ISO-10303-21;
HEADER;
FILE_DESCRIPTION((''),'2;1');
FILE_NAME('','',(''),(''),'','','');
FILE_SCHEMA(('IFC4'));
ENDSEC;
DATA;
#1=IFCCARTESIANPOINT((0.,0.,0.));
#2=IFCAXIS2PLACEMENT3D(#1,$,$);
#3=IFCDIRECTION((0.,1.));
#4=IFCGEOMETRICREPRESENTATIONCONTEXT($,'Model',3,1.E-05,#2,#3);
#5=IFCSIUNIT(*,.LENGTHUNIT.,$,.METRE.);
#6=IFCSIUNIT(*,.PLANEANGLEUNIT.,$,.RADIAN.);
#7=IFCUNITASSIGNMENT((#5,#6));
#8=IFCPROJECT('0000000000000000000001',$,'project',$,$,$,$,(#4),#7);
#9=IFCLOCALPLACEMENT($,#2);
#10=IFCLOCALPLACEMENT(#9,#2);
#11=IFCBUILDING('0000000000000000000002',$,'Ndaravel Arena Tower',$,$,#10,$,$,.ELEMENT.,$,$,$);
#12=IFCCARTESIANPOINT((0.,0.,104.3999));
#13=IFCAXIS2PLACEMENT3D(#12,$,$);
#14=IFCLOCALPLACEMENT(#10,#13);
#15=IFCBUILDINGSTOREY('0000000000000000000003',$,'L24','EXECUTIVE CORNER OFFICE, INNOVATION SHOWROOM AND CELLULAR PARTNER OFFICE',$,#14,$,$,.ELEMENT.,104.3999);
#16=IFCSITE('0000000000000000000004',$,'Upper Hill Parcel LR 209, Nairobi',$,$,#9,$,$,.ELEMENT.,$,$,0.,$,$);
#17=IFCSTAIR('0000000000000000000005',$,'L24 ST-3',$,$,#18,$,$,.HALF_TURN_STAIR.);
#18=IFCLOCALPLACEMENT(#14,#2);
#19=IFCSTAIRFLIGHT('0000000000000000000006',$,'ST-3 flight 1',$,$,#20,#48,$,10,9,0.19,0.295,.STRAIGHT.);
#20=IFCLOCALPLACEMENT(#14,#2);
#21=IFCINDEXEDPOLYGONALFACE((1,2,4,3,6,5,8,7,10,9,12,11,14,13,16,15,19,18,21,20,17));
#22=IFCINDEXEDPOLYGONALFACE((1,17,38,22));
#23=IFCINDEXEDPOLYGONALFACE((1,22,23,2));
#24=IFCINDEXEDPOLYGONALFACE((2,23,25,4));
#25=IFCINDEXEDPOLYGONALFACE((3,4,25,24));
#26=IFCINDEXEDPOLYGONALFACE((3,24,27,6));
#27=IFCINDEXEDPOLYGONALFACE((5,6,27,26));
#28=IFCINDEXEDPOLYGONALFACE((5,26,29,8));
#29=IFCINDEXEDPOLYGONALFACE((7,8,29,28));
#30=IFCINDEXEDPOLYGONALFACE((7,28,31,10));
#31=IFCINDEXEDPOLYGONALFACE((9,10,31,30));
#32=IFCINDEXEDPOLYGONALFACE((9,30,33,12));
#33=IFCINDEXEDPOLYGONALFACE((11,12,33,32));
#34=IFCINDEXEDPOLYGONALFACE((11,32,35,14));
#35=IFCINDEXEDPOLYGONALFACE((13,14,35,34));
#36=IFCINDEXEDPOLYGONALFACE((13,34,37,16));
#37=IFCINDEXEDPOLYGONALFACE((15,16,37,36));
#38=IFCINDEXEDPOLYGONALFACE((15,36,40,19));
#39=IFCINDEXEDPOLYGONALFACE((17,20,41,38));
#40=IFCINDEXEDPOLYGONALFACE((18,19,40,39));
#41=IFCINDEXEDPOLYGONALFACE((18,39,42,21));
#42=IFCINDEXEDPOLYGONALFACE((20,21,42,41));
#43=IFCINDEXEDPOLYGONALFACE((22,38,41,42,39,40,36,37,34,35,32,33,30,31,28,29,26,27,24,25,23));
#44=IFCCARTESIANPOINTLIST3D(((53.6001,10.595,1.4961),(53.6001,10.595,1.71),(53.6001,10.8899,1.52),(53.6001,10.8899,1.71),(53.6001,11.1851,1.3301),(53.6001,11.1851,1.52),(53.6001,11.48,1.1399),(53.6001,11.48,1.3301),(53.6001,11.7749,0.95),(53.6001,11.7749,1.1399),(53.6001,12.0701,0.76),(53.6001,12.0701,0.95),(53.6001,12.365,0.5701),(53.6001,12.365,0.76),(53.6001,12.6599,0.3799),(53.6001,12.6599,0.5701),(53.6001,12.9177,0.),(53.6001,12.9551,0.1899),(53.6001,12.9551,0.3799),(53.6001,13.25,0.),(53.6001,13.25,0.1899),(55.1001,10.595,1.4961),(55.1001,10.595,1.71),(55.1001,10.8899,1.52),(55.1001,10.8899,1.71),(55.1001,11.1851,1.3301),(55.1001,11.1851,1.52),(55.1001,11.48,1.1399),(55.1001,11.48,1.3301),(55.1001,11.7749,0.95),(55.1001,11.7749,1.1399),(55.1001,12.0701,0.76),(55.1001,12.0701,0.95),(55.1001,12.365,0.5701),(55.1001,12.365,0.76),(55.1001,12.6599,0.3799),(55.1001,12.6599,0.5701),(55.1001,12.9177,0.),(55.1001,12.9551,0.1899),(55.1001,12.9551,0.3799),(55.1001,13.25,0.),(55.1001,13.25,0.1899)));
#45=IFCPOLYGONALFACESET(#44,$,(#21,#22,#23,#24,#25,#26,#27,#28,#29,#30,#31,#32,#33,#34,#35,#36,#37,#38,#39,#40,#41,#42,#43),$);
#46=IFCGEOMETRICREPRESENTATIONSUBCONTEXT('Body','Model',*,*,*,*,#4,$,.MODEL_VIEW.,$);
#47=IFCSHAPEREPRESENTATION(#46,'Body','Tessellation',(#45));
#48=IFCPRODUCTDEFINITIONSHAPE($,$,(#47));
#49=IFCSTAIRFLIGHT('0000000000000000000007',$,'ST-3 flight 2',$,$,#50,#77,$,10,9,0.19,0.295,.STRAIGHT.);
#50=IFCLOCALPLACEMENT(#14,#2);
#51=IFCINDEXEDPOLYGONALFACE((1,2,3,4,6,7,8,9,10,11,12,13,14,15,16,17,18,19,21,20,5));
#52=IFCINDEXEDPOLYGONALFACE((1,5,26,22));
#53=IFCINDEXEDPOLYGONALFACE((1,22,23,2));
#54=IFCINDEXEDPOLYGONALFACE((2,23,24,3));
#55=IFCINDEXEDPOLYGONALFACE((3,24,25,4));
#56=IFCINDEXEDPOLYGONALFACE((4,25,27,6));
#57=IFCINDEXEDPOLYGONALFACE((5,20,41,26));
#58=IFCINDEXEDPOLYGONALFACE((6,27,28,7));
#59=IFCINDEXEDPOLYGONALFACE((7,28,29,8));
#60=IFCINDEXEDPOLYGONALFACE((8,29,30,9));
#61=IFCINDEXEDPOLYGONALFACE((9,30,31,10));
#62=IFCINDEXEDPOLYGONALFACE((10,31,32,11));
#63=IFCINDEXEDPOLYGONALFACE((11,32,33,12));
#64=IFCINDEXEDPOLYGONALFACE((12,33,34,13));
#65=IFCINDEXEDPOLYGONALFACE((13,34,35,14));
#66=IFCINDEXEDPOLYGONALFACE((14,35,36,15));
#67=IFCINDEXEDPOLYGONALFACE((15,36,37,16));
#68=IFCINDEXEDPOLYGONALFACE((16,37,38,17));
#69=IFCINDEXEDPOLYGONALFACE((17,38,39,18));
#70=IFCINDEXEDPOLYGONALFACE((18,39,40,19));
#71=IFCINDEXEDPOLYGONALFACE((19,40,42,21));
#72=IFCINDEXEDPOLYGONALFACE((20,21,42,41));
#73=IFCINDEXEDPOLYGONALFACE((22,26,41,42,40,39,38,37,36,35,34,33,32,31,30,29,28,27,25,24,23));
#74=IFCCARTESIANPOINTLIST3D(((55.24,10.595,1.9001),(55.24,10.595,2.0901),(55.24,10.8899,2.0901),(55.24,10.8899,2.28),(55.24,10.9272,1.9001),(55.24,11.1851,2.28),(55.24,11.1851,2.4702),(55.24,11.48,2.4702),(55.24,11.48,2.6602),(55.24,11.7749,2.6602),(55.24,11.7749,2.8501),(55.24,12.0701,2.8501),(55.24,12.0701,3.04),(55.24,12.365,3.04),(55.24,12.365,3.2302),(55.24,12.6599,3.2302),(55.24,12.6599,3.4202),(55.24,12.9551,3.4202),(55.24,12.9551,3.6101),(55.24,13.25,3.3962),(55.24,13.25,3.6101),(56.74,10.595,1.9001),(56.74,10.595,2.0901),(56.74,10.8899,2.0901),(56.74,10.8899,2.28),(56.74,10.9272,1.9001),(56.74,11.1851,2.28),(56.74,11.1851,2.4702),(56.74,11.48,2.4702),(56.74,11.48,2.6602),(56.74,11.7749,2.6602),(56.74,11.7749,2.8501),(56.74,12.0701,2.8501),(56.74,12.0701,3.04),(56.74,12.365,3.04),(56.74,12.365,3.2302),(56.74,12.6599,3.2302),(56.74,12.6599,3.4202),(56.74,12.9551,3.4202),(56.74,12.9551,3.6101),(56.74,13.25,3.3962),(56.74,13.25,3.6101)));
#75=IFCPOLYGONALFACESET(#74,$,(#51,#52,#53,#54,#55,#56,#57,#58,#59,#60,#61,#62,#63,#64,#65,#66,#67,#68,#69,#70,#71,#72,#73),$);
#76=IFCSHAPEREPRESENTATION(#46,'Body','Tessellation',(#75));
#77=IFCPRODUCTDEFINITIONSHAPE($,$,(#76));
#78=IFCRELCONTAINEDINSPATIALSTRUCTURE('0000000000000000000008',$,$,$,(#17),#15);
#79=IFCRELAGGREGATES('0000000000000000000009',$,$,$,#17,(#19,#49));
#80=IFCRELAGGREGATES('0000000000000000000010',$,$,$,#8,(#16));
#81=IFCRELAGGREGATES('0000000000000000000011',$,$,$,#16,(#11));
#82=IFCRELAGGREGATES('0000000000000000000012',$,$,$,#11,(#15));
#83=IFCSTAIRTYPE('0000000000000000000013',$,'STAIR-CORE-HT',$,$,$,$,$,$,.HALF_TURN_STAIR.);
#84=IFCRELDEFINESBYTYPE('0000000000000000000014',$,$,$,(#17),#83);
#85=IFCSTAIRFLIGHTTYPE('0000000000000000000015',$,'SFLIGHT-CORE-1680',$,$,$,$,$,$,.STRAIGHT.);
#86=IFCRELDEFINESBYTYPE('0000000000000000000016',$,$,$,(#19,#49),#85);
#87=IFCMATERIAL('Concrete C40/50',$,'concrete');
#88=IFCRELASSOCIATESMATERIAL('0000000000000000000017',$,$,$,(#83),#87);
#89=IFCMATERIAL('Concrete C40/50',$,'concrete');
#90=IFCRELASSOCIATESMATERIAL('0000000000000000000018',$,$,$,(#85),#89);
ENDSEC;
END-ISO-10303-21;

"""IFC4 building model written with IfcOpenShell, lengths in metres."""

from ifc_helpers import new_model, si_unit, direction, frame, origin, place, context, subcontext, project, spatial, polyline, outline, extrude, material, type_object, element, aggregate, save


model = new_model("IFC4")

# Units and contexts
model_context = context("Model", 3, precision=1e-05, world=origin(), true_north=direction((0.0, 1.0)))
body_context = subcontext(model_context, "Body", "Model", "MODEL_VIEW")
ifc_project = project(units=[si_unit("LENGTHUNIT", "METRE"), si_unit("PLANEANGLEUNIT", "RADIAN")], contexts=[model_context])

# Site, building, storey
site_placement = place(None, origin())
site = spatial("IfcSite", under=ifc_project, at=site_placement, Name="Upper Hill Parcel LR 209, Nairobi", CompositionType="ELEMENT", RefElevation=0.0)
building_placement = place(site_placement, origin())
building = spatial("IfcBuilding", under=site, at=building_placement, Name="Ndaravel Arena Tower", CompositionType="ELEMENT")
storey_placement = place(building_placement, frame((0.0, 0.0, 104.3999)))
storey = spatial("IfcBuildingStorey", under=building, at=storey_placement, Name="L24", Description="EXECUTIVE CORNER OFFICE, INNOVATION SHOWROOM AND CELLULAR PARTNER OFFICE", CompositionType="ELEMENT", Elevation=104.3999)

# Stair, stair flights
ifc_material_1 = material(Name="Concrete C40/50", Category="concrete")
stair_type = type_object("IfcStairType", Name="STAIR-CORE-HT", PredefinedType="HALF_TURN_STAIR", material=ifc_material_1)
stair_placement = place(storey_placement, origin())
stair = element("IfcStair", 1, at=stair_placement, inside=storey, type_object=stair_type, Name="L24 ST-3", PredefinedType="HALF_TURN_STAIR")
ifc_material_2 = material(Name="Concrete C40/50", Category="concrete")
stair_flight_type = type_object("IfcStairFlightType", Name="SFLIGHT-CORE-1680", PredefinedType="STRAIGHT", material=ifc_material_2)
stair_flight_1_placement = place(storey_placement, frame((54.3501, 13.25, 0.0), z_axis=(0.0, 0.0, 1.0), x_axis=(0.0, -1.0, 0.0)))
stair_flight_1 = element("IfcStairFlight", 2, at=stair_flight_1_placement, type_object=stair_flight_type, Name="ST-3 flight 1", NumberOfRisers=10, NumberOfTreads=9, PredefinedType="STRAIGHT", RiserHeight=0.19, TreadLength=0.295, context=body_context, shape_type="SweptSolid", body=[
    extrude(outline(polyline([(0.0, 0.0), (0.0, 0.1899), (0.2949, 0.1899), (0.2949, 0.3799), (0.5901, 0.3799), (0.5901, 0.5701), (0.885, 0.5701), (0.885, 0.76), (1.1799, 0.76), (1.1799, 0.95), (1.4751, 0.95), (1.4751, 1.1399), (1.77, 1.1399), (1.77, 1.3301), (2.0649, 1.3301), (2.0649, 1.52), (2.3601, 1.52), (2.3601, 1.71), (2.655, 1.71), (2.655, 1.8999), (2.655, 1.4961), (0.3323, 0.0), (0.0, 0.0)])), frame((0.0, 0.75, 0.0), z_axis=(0.0, -1.0, 0.0), x_axis=(1.0, 0.0, 0.0)), (0.0, 0.0, 1.0), 1.5),
])
stair_flight_2_placement = place(storey_placement, frame((55.99, 10.595, 1.9001), z_axis=(0.0, 0.0, 1.0), x_axis=(0.0, 1.0, 0.0)))
stair_flight_2 = element("IfcStairFlight", 3, at=stair_flight_2_placement, type_object=stair_flight_type, Name="ST-3 flight 2", NumberOfRisers=10, NumberOfTreads=9, PredefinedType="STRAIGHT", RiserHeight=0.19, TreadLength=0.295, context=body_context, shape_type="SweptSolid", body=[
    extrude(outline(polyline([(0.0, 0.0), (0.0, 0.1899), (0.2949, 0.1899), (0.2949, 0.3799), (0.5901, 0.3799), (0.5901, 0.5701), (0.885, 0.5701), (0.885, 0.76), (1.1799, 0.76), (1.1799, 0.95), (1.4751, 0.95), (1.4751, 1.1399), (1.77, 1.1399), (1.77, 1.3301), (2.0649, 1.3301), (2.0649, 1.52), (2.3601, 1.52), (2.3601, 1.71), (2.655, 1.71), (2.655, 1.8999), (2.655, 1.4961), (0.3323, 0.0), (0.0, 0.0)])), frame((0.0, 0.75, 0.0), z_axis=(0.0, -1.0, 0.0), x_axis=(1.0, 0.0, 0.0)), (0.0, 0.0, 1.0), 1.5),
])
aggregate(stair, [stair_flight_1, stair_flight_2])

save(model, "model.ifc")
